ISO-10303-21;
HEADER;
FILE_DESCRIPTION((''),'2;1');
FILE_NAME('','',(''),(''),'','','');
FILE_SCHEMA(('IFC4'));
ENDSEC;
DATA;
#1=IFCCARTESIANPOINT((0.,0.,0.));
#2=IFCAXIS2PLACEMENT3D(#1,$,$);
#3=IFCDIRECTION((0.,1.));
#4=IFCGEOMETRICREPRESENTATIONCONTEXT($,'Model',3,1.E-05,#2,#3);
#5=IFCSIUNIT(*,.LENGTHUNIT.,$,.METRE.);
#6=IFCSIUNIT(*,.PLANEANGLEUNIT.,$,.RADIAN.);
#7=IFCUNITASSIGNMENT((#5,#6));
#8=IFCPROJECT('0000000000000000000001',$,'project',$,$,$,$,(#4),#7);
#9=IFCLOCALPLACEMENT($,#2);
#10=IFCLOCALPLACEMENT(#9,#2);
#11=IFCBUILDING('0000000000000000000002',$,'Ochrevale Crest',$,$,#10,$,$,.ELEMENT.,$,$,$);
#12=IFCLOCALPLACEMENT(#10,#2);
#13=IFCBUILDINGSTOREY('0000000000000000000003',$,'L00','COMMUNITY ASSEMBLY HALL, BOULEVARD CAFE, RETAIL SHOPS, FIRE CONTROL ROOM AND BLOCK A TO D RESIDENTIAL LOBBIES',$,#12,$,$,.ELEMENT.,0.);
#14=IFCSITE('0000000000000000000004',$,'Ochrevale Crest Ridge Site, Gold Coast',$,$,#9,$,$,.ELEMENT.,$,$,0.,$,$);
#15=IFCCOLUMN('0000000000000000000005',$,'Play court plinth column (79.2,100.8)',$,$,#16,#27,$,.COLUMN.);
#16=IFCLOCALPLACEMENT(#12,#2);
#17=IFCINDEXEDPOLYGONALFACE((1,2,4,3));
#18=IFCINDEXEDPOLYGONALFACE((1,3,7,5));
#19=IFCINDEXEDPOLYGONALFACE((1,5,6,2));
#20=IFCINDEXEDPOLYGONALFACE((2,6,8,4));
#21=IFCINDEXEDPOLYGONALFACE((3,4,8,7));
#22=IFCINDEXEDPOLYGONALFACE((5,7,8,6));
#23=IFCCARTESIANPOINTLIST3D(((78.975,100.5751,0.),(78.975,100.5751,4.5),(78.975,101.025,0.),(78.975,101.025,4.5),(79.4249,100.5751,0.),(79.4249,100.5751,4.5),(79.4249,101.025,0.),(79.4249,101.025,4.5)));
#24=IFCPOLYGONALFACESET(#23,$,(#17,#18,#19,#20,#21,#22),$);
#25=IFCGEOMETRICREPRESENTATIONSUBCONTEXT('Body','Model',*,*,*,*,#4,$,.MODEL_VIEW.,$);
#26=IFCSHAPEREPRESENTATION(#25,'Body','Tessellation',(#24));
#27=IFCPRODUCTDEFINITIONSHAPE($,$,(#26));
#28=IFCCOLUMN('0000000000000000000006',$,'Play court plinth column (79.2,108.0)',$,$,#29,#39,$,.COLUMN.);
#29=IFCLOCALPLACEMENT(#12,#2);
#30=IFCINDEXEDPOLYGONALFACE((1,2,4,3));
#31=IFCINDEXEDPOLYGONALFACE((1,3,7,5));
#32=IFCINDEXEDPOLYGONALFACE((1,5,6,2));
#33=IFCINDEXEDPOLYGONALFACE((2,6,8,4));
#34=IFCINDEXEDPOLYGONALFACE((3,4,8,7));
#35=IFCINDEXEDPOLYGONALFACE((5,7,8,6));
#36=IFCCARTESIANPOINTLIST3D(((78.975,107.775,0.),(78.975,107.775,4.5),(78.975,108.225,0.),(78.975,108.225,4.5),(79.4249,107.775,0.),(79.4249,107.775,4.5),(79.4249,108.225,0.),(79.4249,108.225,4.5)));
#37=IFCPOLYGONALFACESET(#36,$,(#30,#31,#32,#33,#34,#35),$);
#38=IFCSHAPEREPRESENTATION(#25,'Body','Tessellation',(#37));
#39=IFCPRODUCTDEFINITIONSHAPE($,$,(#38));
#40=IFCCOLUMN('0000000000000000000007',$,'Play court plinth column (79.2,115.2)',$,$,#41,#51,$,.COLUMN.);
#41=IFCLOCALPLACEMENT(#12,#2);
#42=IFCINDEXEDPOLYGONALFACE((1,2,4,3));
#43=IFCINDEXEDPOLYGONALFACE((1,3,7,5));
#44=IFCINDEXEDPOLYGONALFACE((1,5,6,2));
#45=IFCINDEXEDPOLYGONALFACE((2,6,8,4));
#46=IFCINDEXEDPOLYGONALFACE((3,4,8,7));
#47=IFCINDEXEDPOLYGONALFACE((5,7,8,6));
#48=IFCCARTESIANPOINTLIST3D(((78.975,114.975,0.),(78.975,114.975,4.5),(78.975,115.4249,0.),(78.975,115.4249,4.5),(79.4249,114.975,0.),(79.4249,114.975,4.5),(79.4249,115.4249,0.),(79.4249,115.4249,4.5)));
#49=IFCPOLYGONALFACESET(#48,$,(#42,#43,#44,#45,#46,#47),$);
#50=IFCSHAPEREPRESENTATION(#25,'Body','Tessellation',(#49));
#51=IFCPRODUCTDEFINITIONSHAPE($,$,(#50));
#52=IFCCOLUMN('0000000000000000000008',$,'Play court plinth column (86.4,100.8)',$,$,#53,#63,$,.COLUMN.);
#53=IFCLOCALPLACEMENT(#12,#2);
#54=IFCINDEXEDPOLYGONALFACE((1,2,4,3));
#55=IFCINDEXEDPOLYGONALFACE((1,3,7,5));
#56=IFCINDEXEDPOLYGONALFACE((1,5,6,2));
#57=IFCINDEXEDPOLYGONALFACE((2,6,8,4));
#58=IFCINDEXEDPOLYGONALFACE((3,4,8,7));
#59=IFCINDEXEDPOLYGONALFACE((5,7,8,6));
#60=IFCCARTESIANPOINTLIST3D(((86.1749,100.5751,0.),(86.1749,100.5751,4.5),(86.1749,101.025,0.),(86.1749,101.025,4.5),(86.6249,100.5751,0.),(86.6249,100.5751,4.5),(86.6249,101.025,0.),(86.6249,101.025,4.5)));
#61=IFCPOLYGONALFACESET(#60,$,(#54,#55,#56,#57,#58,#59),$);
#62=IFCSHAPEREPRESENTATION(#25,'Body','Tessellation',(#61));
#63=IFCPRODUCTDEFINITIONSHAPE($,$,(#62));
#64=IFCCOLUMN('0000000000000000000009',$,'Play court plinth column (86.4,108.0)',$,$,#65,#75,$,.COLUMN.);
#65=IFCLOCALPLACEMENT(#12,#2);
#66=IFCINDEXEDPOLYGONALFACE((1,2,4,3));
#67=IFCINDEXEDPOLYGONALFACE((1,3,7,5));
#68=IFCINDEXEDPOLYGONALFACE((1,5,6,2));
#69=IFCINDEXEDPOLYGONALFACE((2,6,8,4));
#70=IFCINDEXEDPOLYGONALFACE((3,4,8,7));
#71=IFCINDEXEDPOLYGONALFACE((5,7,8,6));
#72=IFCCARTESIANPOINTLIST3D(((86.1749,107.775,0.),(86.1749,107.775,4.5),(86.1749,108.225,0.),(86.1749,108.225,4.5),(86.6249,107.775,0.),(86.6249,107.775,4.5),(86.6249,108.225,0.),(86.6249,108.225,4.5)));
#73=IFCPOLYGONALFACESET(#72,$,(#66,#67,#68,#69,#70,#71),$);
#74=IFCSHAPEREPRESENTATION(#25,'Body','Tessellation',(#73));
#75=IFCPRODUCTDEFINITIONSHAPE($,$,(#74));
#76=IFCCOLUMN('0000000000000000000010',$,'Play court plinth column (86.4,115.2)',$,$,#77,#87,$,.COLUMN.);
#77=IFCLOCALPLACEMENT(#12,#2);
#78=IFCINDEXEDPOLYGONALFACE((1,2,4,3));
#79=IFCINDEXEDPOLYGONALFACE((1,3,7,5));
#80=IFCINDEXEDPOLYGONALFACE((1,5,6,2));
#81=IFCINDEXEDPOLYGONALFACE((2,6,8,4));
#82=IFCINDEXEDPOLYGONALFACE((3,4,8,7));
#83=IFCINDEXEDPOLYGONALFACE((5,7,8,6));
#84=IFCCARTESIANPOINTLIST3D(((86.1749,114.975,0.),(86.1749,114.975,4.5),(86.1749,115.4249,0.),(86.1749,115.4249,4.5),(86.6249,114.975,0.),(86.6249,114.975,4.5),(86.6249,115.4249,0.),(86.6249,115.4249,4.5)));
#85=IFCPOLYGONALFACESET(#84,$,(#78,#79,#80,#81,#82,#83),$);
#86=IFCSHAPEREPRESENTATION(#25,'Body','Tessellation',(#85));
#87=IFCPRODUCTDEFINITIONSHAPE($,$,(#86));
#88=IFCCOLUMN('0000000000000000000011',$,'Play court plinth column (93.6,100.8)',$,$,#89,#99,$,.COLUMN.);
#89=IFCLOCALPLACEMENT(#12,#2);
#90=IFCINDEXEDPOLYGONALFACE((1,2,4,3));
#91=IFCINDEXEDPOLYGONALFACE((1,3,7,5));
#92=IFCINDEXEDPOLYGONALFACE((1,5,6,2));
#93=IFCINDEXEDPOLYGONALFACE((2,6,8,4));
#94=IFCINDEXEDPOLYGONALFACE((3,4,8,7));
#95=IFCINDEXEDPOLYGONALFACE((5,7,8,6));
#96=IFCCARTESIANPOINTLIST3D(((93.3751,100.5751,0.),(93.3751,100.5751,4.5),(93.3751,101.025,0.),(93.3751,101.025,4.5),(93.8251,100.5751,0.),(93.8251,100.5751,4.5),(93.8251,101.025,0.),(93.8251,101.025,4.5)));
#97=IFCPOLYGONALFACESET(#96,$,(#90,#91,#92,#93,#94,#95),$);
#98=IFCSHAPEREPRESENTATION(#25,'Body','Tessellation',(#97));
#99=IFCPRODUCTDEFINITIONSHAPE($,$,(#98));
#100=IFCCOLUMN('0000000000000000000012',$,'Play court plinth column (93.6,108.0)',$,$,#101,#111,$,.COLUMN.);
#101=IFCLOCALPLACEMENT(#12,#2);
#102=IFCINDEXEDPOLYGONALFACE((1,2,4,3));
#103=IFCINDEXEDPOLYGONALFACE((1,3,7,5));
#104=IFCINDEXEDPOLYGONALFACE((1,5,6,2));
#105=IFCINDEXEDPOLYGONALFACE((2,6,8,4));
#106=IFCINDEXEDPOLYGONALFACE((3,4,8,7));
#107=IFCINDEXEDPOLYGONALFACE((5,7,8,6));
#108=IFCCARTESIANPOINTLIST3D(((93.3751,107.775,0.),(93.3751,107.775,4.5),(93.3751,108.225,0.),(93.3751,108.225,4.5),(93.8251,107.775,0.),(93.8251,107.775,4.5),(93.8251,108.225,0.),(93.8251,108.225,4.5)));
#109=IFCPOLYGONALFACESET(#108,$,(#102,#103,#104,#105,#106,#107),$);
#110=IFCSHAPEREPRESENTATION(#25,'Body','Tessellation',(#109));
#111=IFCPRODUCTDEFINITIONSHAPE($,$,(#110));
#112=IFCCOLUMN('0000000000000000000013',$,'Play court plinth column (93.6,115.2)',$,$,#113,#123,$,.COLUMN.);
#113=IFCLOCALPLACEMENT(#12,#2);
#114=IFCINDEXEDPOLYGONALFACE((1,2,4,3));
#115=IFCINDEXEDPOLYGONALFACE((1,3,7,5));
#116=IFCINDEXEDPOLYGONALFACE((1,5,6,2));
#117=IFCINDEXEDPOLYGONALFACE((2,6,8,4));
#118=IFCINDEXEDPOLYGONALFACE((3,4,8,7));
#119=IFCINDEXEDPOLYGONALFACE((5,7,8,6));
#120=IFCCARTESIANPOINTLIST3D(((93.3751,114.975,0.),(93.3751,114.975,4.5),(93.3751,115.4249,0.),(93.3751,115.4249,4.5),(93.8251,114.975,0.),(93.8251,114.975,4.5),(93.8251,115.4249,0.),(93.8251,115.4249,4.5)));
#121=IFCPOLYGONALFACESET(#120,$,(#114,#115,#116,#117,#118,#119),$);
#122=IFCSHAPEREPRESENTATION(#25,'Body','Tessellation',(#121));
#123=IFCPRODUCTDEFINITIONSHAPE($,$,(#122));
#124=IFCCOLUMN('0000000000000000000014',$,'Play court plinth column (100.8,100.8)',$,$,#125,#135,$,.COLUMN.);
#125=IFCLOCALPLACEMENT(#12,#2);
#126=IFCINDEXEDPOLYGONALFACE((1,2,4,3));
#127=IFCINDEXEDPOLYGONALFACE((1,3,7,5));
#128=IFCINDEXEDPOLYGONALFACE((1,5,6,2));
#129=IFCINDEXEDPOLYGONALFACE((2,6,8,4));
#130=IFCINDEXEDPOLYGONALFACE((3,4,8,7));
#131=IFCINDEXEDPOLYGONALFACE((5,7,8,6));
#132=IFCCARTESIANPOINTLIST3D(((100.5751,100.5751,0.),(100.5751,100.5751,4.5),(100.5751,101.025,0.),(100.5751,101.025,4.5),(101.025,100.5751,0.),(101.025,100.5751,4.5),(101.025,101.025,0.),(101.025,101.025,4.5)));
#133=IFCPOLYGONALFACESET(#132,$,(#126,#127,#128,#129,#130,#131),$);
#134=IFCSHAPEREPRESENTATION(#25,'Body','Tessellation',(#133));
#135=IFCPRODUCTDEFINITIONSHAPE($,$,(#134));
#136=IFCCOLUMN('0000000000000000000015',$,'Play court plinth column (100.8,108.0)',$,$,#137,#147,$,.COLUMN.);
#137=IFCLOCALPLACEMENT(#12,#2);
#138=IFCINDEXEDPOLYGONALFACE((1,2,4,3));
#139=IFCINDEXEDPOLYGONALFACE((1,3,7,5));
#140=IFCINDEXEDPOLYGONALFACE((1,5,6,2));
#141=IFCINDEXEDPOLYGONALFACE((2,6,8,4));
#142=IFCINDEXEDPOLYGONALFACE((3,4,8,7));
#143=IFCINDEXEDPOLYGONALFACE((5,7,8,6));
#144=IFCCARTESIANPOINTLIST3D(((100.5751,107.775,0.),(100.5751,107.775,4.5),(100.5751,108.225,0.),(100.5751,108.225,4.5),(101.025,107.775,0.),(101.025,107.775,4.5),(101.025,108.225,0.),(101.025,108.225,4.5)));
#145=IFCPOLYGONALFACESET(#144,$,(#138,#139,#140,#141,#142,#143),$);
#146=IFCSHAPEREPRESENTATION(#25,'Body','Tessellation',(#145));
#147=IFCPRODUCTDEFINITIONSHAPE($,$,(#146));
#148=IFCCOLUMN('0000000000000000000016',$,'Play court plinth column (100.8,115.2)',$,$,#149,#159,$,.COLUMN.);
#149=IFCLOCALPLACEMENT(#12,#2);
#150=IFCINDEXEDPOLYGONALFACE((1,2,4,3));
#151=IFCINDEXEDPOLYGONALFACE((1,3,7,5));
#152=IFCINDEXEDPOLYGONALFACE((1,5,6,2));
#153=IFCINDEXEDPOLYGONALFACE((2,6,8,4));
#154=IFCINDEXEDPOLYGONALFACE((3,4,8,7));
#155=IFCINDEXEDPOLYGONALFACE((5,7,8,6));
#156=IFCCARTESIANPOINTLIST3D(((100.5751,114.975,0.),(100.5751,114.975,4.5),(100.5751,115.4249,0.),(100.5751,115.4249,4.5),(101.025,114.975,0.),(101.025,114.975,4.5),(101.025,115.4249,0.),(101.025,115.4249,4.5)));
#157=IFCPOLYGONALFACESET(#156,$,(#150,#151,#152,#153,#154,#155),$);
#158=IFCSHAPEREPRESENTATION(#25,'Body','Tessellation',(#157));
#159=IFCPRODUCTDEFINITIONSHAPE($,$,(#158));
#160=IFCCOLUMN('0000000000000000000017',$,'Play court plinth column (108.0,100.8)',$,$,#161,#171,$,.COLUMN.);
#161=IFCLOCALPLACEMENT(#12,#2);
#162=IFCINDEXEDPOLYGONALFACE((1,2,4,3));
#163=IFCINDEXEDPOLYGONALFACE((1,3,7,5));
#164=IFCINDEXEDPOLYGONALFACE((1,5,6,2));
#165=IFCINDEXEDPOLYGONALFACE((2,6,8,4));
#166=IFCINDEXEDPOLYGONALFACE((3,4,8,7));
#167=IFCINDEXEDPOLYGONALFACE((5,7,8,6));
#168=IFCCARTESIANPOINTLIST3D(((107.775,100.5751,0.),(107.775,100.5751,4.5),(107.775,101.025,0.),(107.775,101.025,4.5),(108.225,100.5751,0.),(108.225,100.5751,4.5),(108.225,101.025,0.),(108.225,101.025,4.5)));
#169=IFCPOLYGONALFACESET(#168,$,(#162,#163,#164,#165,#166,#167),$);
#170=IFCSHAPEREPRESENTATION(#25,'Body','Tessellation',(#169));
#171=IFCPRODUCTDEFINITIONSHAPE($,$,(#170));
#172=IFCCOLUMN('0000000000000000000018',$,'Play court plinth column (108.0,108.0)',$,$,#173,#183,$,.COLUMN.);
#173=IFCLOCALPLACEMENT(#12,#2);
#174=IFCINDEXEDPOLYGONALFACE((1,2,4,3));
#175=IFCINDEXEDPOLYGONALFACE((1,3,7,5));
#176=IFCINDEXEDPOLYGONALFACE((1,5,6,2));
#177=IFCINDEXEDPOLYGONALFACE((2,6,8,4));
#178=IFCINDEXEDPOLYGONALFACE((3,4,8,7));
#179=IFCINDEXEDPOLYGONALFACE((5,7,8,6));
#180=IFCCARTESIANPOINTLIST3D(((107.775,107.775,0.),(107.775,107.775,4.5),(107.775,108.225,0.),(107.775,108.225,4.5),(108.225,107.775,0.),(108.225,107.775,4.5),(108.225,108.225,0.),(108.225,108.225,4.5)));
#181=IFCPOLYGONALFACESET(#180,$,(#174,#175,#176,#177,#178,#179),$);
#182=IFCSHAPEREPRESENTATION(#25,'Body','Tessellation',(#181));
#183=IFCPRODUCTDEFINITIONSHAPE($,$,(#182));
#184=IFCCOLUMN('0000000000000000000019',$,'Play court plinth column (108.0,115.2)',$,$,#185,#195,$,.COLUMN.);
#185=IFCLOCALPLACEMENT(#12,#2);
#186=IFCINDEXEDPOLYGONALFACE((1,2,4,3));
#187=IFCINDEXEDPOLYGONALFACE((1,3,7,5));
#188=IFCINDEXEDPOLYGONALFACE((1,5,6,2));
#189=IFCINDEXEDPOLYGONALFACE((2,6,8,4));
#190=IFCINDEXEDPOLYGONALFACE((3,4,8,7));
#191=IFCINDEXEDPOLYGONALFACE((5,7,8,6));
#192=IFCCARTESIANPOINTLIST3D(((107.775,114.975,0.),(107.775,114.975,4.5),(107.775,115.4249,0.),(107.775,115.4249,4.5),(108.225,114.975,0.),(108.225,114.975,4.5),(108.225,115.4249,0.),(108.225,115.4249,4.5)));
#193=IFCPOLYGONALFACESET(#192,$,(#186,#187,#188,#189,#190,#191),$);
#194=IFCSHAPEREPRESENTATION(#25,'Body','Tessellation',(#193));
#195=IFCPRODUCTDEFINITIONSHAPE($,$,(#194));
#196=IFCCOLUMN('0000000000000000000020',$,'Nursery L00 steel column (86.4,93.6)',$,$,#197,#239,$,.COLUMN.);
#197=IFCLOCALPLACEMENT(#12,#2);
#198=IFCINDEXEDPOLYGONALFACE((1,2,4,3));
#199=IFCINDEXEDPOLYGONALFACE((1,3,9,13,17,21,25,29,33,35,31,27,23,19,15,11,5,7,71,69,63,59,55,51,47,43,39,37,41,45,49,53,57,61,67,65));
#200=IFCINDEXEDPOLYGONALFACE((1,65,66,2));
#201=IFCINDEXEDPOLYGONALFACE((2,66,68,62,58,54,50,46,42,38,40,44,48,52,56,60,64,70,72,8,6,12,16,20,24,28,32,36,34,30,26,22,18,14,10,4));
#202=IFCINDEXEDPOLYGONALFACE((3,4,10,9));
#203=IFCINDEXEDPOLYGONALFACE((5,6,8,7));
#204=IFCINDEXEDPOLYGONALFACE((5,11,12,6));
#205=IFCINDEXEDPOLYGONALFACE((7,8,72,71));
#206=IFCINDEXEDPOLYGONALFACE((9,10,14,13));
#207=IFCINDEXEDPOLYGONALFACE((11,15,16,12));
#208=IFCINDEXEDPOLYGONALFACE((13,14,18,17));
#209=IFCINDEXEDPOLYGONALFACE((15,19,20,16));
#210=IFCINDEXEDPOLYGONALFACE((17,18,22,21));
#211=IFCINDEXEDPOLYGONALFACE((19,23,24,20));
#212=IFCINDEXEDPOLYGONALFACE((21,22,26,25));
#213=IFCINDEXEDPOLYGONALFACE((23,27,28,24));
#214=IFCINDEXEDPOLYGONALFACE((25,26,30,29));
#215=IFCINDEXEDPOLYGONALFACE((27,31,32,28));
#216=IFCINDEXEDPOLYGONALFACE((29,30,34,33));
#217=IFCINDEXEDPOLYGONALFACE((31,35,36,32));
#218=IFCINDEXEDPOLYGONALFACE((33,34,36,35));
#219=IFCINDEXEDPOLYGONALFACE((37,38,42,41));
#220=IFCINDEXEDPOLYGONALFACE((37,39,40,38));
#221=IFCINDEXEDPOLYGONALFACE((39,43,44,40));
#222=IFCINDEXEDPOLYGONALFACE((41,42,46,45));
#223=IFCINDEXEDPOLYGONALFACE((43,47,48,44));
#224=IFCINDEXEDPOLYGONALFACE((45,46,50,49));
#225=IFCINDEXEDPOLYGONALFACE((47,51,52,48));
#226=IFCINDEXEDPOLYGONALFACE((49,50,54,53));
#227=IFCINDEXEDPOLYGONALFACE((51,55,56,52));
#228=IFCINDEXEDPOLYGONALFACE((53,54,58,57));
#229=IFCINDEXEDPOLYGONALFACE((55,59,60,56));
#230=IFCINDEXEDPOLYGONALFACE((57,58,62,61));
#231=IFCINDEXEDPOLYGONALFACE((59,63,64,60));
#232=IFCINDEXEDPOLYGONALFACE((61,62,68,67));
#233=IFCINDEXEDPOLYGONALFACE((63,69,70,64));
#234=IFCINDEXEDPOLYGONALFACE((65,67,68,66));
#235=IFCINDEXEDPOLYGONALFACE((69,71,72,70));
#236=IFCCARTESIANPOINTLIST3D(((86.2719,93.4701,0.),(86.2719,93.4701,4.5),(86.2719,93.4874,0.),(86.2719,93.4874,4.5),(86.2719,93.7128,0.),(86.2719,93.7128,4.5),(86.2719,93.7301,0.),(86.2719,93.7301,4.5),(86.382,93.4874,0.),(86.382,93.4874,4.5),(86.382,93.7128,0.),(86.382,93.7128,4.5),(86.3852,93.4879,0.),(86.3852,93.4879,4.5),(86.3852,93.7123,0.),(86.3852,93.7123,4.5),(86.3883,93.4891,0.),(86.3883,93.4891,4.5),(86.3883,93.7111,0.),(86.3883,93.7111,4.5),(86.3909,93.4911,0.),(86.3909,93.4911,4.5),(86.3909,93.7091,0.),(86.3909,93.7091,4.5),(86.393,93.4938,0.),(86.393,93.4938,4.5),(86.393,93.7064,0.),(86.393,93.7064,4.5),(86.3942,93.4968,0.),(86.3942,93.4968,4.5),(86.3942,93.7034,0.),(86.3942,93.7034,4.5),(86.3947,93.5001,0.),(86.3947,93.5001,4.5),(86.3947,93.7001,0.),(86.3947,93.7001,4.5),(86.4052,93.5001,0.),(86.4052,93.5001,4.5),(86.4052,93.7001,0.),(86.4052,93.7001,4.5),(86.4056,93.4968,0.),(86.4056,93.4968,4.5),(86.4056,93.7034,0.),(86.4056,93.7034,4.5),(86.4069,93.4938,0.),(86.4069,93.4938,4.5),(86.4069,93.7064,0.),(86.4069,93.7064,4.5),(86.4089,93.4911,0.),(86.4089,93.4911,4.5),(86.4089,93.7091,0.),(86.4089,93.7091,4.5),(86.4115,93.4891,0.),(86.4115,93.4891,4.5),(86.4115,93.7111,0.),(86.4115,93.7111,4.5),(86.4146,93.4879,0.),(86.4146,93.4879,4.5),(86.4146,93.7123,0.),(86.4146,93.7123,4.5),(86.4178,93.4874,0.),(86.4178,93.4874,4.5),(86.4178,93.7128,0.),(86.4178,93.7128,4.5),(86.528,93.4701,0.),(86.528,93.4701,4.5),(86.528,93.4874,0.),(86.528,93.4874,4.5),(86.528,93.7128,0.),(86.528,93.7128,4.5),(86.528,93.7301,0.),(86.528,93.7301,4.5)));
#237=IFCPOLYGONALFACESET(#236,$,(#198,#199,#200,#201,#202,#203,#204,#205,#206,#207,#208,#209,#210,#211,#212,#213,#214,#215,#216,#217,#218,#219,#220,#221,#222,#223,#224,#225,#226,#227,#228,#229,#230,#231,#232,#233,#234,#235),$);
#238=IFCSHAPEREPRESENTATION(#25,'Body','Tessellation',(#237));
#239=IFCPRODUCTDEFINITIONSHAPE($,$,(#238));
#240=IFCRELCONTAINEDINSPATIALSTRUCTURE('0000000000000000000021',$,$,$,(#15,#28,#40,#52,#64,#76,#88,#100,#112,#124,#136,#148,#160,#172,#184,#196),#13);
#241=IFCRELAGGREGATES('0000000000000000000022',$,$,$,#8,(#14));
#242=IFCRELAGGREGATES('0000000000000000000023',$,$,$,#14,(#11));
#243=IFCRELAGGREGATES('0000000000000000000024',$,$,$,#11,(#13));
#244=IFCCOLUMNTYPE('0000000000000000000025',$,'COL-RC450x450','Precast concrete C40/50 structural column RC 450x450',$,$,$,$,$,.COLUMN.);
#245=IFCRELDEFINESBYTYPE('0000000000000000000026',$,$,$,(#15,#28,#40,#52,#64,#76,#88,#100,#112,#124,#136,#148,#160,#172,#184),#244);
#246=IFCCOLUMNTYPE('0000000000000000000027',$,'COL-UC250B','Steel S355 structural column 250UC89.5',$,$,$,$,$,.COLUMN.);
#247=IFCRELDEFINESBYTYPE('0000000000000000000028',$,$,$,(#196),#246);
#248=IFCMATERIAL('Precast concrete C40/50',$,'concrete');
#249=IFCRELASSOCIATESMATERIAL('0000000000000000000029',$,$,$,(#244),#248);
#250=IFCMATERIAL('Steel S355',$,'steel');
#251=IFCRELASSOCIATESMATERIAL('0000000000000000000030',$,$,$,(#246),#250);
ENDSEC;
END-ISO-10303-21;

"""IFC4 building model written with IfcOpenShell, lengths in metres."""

from ifc_helpers import new_model, si_unit, direction, frame, origin, origin_2d, place, context, subcontext, project, spatial, rectangle, i_section, extrude, material, material_profile, profile_set, type_object, element, save


model = new_model("IFC4")

# Units and contexts
model_context = context("Model", 3, precision=1e-05, world=origin(), true_north=direction((0.0, 1.0)))
body_context = subcontext(model_context, "Body", "Model", "MODEL_VIEW")
ifc_project = project(units=[si_unit("LENGTHUNIT", "METRE"), si_unit("PLANEANGLEUNIT", "RADIAN")], contexts=[model_context])

# Site, building, storey
site_placement = place(None, origin())
site = spatial("IfcSite", under=ifc_project, at=site_placement, Name="Ochrevale Crest Ridge Site, Gold Coast", CompositionType="ELEMENT", RefElevation=0.0)
building_placement = place(site_placement, origin())
building = spatial("IfcBuilding", under=site, at=building_placement, Name="Ochrevale Crest", CompositionType="ELEMENT")
storey_placement = place(building_placement, origin())
storey = spatial("IfcBuildingStorey", under=building, at=storey_placement, Name="L00", Description="COMMUNITY ASSEMBLY HALL, BOULEVARD CAFE, RETAIL SHOPS, FIRE CONTROL ROOM AND BLOCK A TO D RESIDENTIAL LOBBIES", CompositionType="ELEMENT", Elevation=0.0)

# Columns
ifc_material_1 = material(Name="Precast concrete C40/50", Category="concrete")
ifc_material_profile_1 = material_profile(ifc_material_1, rectangle(XDim=0.45, YDim=0.45, at=origin_2d()), Name="RC 450x450")
ifc_profile_set_1 = profile_set([ifc_material_profile_1], Name="Precast concrete C40/50")
column_type_1 = type_object("IfcColumnType", Name="COL-RC450x450", Description="Precast concrete C40/50 structural column RC 450x450", PredefinedType="COLUMN", material=ifc_profile_set_1)
for number, where, z_axis, x_axis, name in (
    (1, (79.2, 100.8, 0.0), (0.0, 0.0, 1.0), (1.0, 0.0, 0.0), "Play court plinth column (79.2,100.8)"),
    (2, (79.2, 108.0, 0.0), (0.0, 0.0, 1.0), (1.0, 0.0, 0.0), "Play court plinth column (79.2,108.0)"),
    (3, (79.2, 115.2, 0.0), (0.0, 0.0, 1.0), (1.0, 0.0, 0.0), "Play court plinth column (79.2,115.2)"),
    (4, (86.3999, 100.8, 0.0), (0.0, 0.0, 1.0), (1.0, 0.0, 0.0), "Play court plinth column (86.4,100.8)"),
    (5, (86.3999, 108.0, 0.0), (0.0, 0.0, 1.0), (1.0, 0.0, 0.0), "Play court plinth column (86.4,108.0)"),
    (6, (86.3999, 115.2, 0.0), (0.0, 0.0, 1.0), (1.0, 0.0, 0.0), "Play court plinth column (86.4,115.2)"),
    (7, (93.6001, 100.8, 0.0), (0.0, 0.0, 1.0), (1.0, 0.0, 0.0), "Play court plinth column (93.6,100.8)"),
    (8, (93.6001, 108.0, 0.0), (0.0, 0.0, 1.0), (1.0, 0.0, 0.0), "Play court plinth column (93.6,108.0)"),
    (9, (93.6001, 115.2, 0.0), (0.0, 0.0, 1.0), (1.0, 0.0, 0.0), "Play court plinth column (93.6,115.2)"),
    (10, (100.8, 100.8, 0.0), (0.0, 0.0, 1.0), (1.0, 0.0, 0.0), "Play court plinth column (100.8,100.8)"),
    (11, (100.8, 108.0, 0.0), (0.0, 0.0, 1.0), (1.0, 0.0, 0.0), "Play court plinth column (100.8,108.0)"),
    (12, (100.8, 115.2, 0.0), (0.0, 0.0, 1.0), (1.0, 0.0, 0.0), "Play court plinth column (100.8,115.2)"),
    (13, (108.0, 100.8, 0.0), (0.0, 0.0, 1.0), (1.0, 0.0, 0.0), "Play court plinth column (108.0,100.8)"),
    (14, (108.0, 108.0, 0.0), (0.0, 0.0, 1.0), (1.0, 0.0, 0.0), "Play court plinth column (108.0,108.0)"),
    (15, (108.0, 115.2, 0.0), (0.0, 0.0, 1.0), (1.0, 0.0, 0.0), "Play court plinth column (108.0,115.2)"),
):
    element("IfcColumn", number, at=place(storey_placement, frame(where, z_axis=z_axis, x_axis=x_axis)), inside=storey, type_object=column_type_1, Name=name, PredefinedType="COLUMN", context=body_context, shape_type="SweptSolid", body=[
        extrude(rectangle(XDim=0.45, YDim=0.45, at=origin_2d()), origin(), (0.0, 0.0, 1.0), 4.5),
    ])
ifc_material_2 = material(Name="Steel S355", Category="steel")
ifc_material_profile_2 = material_profile(ifc_material_2, i_section(OverallWidth=0.2561, OverallDepth=0.26, WebThickness=0.0105, FlangeThickness=0.0173, FilletRadius=0.0127, at=origin_2d()), Name="250UC89.5")
ifc_profile_set_2 = profile_set([ifc_material_profile_2], Name="Steel S355")
column_type_2 = type_object("IfcColumnType", Name="COL-UC250B", Description="Steel S355 structural column 250UC89.5", PredefinedType="COLUMN", material=ifc_profile_set_2)
for number, where, z_axis, x_axis, name in (
    (16, (86.3999, 93.6001, 0.0), (0.0, 0.0, 1.0), (1.0, 0.0, 0.0), "Nursery L00 steel column (86.4,93.6)"),
):
    element("IfcColumn", number, at=place(storey_placement, frame(where, z_axis=z_axis, x_axis=x_axis)), inside=storey, type_object=column_type_2, Name=name, PredefinedType="COLUMN", context=body_context, shape_type="SweptSolid", body=[
        extrude(i_section(OverallWidth=0.2561, OverallDepth=0.26, WebThickness=0.0105, FlangeThickness=0.0173, FilletRadius=0.0127, at=origin_2d()), origin(), (0.0, 0.0, 1.0), 4.5),
    ])

save(model, "model.ifc")
